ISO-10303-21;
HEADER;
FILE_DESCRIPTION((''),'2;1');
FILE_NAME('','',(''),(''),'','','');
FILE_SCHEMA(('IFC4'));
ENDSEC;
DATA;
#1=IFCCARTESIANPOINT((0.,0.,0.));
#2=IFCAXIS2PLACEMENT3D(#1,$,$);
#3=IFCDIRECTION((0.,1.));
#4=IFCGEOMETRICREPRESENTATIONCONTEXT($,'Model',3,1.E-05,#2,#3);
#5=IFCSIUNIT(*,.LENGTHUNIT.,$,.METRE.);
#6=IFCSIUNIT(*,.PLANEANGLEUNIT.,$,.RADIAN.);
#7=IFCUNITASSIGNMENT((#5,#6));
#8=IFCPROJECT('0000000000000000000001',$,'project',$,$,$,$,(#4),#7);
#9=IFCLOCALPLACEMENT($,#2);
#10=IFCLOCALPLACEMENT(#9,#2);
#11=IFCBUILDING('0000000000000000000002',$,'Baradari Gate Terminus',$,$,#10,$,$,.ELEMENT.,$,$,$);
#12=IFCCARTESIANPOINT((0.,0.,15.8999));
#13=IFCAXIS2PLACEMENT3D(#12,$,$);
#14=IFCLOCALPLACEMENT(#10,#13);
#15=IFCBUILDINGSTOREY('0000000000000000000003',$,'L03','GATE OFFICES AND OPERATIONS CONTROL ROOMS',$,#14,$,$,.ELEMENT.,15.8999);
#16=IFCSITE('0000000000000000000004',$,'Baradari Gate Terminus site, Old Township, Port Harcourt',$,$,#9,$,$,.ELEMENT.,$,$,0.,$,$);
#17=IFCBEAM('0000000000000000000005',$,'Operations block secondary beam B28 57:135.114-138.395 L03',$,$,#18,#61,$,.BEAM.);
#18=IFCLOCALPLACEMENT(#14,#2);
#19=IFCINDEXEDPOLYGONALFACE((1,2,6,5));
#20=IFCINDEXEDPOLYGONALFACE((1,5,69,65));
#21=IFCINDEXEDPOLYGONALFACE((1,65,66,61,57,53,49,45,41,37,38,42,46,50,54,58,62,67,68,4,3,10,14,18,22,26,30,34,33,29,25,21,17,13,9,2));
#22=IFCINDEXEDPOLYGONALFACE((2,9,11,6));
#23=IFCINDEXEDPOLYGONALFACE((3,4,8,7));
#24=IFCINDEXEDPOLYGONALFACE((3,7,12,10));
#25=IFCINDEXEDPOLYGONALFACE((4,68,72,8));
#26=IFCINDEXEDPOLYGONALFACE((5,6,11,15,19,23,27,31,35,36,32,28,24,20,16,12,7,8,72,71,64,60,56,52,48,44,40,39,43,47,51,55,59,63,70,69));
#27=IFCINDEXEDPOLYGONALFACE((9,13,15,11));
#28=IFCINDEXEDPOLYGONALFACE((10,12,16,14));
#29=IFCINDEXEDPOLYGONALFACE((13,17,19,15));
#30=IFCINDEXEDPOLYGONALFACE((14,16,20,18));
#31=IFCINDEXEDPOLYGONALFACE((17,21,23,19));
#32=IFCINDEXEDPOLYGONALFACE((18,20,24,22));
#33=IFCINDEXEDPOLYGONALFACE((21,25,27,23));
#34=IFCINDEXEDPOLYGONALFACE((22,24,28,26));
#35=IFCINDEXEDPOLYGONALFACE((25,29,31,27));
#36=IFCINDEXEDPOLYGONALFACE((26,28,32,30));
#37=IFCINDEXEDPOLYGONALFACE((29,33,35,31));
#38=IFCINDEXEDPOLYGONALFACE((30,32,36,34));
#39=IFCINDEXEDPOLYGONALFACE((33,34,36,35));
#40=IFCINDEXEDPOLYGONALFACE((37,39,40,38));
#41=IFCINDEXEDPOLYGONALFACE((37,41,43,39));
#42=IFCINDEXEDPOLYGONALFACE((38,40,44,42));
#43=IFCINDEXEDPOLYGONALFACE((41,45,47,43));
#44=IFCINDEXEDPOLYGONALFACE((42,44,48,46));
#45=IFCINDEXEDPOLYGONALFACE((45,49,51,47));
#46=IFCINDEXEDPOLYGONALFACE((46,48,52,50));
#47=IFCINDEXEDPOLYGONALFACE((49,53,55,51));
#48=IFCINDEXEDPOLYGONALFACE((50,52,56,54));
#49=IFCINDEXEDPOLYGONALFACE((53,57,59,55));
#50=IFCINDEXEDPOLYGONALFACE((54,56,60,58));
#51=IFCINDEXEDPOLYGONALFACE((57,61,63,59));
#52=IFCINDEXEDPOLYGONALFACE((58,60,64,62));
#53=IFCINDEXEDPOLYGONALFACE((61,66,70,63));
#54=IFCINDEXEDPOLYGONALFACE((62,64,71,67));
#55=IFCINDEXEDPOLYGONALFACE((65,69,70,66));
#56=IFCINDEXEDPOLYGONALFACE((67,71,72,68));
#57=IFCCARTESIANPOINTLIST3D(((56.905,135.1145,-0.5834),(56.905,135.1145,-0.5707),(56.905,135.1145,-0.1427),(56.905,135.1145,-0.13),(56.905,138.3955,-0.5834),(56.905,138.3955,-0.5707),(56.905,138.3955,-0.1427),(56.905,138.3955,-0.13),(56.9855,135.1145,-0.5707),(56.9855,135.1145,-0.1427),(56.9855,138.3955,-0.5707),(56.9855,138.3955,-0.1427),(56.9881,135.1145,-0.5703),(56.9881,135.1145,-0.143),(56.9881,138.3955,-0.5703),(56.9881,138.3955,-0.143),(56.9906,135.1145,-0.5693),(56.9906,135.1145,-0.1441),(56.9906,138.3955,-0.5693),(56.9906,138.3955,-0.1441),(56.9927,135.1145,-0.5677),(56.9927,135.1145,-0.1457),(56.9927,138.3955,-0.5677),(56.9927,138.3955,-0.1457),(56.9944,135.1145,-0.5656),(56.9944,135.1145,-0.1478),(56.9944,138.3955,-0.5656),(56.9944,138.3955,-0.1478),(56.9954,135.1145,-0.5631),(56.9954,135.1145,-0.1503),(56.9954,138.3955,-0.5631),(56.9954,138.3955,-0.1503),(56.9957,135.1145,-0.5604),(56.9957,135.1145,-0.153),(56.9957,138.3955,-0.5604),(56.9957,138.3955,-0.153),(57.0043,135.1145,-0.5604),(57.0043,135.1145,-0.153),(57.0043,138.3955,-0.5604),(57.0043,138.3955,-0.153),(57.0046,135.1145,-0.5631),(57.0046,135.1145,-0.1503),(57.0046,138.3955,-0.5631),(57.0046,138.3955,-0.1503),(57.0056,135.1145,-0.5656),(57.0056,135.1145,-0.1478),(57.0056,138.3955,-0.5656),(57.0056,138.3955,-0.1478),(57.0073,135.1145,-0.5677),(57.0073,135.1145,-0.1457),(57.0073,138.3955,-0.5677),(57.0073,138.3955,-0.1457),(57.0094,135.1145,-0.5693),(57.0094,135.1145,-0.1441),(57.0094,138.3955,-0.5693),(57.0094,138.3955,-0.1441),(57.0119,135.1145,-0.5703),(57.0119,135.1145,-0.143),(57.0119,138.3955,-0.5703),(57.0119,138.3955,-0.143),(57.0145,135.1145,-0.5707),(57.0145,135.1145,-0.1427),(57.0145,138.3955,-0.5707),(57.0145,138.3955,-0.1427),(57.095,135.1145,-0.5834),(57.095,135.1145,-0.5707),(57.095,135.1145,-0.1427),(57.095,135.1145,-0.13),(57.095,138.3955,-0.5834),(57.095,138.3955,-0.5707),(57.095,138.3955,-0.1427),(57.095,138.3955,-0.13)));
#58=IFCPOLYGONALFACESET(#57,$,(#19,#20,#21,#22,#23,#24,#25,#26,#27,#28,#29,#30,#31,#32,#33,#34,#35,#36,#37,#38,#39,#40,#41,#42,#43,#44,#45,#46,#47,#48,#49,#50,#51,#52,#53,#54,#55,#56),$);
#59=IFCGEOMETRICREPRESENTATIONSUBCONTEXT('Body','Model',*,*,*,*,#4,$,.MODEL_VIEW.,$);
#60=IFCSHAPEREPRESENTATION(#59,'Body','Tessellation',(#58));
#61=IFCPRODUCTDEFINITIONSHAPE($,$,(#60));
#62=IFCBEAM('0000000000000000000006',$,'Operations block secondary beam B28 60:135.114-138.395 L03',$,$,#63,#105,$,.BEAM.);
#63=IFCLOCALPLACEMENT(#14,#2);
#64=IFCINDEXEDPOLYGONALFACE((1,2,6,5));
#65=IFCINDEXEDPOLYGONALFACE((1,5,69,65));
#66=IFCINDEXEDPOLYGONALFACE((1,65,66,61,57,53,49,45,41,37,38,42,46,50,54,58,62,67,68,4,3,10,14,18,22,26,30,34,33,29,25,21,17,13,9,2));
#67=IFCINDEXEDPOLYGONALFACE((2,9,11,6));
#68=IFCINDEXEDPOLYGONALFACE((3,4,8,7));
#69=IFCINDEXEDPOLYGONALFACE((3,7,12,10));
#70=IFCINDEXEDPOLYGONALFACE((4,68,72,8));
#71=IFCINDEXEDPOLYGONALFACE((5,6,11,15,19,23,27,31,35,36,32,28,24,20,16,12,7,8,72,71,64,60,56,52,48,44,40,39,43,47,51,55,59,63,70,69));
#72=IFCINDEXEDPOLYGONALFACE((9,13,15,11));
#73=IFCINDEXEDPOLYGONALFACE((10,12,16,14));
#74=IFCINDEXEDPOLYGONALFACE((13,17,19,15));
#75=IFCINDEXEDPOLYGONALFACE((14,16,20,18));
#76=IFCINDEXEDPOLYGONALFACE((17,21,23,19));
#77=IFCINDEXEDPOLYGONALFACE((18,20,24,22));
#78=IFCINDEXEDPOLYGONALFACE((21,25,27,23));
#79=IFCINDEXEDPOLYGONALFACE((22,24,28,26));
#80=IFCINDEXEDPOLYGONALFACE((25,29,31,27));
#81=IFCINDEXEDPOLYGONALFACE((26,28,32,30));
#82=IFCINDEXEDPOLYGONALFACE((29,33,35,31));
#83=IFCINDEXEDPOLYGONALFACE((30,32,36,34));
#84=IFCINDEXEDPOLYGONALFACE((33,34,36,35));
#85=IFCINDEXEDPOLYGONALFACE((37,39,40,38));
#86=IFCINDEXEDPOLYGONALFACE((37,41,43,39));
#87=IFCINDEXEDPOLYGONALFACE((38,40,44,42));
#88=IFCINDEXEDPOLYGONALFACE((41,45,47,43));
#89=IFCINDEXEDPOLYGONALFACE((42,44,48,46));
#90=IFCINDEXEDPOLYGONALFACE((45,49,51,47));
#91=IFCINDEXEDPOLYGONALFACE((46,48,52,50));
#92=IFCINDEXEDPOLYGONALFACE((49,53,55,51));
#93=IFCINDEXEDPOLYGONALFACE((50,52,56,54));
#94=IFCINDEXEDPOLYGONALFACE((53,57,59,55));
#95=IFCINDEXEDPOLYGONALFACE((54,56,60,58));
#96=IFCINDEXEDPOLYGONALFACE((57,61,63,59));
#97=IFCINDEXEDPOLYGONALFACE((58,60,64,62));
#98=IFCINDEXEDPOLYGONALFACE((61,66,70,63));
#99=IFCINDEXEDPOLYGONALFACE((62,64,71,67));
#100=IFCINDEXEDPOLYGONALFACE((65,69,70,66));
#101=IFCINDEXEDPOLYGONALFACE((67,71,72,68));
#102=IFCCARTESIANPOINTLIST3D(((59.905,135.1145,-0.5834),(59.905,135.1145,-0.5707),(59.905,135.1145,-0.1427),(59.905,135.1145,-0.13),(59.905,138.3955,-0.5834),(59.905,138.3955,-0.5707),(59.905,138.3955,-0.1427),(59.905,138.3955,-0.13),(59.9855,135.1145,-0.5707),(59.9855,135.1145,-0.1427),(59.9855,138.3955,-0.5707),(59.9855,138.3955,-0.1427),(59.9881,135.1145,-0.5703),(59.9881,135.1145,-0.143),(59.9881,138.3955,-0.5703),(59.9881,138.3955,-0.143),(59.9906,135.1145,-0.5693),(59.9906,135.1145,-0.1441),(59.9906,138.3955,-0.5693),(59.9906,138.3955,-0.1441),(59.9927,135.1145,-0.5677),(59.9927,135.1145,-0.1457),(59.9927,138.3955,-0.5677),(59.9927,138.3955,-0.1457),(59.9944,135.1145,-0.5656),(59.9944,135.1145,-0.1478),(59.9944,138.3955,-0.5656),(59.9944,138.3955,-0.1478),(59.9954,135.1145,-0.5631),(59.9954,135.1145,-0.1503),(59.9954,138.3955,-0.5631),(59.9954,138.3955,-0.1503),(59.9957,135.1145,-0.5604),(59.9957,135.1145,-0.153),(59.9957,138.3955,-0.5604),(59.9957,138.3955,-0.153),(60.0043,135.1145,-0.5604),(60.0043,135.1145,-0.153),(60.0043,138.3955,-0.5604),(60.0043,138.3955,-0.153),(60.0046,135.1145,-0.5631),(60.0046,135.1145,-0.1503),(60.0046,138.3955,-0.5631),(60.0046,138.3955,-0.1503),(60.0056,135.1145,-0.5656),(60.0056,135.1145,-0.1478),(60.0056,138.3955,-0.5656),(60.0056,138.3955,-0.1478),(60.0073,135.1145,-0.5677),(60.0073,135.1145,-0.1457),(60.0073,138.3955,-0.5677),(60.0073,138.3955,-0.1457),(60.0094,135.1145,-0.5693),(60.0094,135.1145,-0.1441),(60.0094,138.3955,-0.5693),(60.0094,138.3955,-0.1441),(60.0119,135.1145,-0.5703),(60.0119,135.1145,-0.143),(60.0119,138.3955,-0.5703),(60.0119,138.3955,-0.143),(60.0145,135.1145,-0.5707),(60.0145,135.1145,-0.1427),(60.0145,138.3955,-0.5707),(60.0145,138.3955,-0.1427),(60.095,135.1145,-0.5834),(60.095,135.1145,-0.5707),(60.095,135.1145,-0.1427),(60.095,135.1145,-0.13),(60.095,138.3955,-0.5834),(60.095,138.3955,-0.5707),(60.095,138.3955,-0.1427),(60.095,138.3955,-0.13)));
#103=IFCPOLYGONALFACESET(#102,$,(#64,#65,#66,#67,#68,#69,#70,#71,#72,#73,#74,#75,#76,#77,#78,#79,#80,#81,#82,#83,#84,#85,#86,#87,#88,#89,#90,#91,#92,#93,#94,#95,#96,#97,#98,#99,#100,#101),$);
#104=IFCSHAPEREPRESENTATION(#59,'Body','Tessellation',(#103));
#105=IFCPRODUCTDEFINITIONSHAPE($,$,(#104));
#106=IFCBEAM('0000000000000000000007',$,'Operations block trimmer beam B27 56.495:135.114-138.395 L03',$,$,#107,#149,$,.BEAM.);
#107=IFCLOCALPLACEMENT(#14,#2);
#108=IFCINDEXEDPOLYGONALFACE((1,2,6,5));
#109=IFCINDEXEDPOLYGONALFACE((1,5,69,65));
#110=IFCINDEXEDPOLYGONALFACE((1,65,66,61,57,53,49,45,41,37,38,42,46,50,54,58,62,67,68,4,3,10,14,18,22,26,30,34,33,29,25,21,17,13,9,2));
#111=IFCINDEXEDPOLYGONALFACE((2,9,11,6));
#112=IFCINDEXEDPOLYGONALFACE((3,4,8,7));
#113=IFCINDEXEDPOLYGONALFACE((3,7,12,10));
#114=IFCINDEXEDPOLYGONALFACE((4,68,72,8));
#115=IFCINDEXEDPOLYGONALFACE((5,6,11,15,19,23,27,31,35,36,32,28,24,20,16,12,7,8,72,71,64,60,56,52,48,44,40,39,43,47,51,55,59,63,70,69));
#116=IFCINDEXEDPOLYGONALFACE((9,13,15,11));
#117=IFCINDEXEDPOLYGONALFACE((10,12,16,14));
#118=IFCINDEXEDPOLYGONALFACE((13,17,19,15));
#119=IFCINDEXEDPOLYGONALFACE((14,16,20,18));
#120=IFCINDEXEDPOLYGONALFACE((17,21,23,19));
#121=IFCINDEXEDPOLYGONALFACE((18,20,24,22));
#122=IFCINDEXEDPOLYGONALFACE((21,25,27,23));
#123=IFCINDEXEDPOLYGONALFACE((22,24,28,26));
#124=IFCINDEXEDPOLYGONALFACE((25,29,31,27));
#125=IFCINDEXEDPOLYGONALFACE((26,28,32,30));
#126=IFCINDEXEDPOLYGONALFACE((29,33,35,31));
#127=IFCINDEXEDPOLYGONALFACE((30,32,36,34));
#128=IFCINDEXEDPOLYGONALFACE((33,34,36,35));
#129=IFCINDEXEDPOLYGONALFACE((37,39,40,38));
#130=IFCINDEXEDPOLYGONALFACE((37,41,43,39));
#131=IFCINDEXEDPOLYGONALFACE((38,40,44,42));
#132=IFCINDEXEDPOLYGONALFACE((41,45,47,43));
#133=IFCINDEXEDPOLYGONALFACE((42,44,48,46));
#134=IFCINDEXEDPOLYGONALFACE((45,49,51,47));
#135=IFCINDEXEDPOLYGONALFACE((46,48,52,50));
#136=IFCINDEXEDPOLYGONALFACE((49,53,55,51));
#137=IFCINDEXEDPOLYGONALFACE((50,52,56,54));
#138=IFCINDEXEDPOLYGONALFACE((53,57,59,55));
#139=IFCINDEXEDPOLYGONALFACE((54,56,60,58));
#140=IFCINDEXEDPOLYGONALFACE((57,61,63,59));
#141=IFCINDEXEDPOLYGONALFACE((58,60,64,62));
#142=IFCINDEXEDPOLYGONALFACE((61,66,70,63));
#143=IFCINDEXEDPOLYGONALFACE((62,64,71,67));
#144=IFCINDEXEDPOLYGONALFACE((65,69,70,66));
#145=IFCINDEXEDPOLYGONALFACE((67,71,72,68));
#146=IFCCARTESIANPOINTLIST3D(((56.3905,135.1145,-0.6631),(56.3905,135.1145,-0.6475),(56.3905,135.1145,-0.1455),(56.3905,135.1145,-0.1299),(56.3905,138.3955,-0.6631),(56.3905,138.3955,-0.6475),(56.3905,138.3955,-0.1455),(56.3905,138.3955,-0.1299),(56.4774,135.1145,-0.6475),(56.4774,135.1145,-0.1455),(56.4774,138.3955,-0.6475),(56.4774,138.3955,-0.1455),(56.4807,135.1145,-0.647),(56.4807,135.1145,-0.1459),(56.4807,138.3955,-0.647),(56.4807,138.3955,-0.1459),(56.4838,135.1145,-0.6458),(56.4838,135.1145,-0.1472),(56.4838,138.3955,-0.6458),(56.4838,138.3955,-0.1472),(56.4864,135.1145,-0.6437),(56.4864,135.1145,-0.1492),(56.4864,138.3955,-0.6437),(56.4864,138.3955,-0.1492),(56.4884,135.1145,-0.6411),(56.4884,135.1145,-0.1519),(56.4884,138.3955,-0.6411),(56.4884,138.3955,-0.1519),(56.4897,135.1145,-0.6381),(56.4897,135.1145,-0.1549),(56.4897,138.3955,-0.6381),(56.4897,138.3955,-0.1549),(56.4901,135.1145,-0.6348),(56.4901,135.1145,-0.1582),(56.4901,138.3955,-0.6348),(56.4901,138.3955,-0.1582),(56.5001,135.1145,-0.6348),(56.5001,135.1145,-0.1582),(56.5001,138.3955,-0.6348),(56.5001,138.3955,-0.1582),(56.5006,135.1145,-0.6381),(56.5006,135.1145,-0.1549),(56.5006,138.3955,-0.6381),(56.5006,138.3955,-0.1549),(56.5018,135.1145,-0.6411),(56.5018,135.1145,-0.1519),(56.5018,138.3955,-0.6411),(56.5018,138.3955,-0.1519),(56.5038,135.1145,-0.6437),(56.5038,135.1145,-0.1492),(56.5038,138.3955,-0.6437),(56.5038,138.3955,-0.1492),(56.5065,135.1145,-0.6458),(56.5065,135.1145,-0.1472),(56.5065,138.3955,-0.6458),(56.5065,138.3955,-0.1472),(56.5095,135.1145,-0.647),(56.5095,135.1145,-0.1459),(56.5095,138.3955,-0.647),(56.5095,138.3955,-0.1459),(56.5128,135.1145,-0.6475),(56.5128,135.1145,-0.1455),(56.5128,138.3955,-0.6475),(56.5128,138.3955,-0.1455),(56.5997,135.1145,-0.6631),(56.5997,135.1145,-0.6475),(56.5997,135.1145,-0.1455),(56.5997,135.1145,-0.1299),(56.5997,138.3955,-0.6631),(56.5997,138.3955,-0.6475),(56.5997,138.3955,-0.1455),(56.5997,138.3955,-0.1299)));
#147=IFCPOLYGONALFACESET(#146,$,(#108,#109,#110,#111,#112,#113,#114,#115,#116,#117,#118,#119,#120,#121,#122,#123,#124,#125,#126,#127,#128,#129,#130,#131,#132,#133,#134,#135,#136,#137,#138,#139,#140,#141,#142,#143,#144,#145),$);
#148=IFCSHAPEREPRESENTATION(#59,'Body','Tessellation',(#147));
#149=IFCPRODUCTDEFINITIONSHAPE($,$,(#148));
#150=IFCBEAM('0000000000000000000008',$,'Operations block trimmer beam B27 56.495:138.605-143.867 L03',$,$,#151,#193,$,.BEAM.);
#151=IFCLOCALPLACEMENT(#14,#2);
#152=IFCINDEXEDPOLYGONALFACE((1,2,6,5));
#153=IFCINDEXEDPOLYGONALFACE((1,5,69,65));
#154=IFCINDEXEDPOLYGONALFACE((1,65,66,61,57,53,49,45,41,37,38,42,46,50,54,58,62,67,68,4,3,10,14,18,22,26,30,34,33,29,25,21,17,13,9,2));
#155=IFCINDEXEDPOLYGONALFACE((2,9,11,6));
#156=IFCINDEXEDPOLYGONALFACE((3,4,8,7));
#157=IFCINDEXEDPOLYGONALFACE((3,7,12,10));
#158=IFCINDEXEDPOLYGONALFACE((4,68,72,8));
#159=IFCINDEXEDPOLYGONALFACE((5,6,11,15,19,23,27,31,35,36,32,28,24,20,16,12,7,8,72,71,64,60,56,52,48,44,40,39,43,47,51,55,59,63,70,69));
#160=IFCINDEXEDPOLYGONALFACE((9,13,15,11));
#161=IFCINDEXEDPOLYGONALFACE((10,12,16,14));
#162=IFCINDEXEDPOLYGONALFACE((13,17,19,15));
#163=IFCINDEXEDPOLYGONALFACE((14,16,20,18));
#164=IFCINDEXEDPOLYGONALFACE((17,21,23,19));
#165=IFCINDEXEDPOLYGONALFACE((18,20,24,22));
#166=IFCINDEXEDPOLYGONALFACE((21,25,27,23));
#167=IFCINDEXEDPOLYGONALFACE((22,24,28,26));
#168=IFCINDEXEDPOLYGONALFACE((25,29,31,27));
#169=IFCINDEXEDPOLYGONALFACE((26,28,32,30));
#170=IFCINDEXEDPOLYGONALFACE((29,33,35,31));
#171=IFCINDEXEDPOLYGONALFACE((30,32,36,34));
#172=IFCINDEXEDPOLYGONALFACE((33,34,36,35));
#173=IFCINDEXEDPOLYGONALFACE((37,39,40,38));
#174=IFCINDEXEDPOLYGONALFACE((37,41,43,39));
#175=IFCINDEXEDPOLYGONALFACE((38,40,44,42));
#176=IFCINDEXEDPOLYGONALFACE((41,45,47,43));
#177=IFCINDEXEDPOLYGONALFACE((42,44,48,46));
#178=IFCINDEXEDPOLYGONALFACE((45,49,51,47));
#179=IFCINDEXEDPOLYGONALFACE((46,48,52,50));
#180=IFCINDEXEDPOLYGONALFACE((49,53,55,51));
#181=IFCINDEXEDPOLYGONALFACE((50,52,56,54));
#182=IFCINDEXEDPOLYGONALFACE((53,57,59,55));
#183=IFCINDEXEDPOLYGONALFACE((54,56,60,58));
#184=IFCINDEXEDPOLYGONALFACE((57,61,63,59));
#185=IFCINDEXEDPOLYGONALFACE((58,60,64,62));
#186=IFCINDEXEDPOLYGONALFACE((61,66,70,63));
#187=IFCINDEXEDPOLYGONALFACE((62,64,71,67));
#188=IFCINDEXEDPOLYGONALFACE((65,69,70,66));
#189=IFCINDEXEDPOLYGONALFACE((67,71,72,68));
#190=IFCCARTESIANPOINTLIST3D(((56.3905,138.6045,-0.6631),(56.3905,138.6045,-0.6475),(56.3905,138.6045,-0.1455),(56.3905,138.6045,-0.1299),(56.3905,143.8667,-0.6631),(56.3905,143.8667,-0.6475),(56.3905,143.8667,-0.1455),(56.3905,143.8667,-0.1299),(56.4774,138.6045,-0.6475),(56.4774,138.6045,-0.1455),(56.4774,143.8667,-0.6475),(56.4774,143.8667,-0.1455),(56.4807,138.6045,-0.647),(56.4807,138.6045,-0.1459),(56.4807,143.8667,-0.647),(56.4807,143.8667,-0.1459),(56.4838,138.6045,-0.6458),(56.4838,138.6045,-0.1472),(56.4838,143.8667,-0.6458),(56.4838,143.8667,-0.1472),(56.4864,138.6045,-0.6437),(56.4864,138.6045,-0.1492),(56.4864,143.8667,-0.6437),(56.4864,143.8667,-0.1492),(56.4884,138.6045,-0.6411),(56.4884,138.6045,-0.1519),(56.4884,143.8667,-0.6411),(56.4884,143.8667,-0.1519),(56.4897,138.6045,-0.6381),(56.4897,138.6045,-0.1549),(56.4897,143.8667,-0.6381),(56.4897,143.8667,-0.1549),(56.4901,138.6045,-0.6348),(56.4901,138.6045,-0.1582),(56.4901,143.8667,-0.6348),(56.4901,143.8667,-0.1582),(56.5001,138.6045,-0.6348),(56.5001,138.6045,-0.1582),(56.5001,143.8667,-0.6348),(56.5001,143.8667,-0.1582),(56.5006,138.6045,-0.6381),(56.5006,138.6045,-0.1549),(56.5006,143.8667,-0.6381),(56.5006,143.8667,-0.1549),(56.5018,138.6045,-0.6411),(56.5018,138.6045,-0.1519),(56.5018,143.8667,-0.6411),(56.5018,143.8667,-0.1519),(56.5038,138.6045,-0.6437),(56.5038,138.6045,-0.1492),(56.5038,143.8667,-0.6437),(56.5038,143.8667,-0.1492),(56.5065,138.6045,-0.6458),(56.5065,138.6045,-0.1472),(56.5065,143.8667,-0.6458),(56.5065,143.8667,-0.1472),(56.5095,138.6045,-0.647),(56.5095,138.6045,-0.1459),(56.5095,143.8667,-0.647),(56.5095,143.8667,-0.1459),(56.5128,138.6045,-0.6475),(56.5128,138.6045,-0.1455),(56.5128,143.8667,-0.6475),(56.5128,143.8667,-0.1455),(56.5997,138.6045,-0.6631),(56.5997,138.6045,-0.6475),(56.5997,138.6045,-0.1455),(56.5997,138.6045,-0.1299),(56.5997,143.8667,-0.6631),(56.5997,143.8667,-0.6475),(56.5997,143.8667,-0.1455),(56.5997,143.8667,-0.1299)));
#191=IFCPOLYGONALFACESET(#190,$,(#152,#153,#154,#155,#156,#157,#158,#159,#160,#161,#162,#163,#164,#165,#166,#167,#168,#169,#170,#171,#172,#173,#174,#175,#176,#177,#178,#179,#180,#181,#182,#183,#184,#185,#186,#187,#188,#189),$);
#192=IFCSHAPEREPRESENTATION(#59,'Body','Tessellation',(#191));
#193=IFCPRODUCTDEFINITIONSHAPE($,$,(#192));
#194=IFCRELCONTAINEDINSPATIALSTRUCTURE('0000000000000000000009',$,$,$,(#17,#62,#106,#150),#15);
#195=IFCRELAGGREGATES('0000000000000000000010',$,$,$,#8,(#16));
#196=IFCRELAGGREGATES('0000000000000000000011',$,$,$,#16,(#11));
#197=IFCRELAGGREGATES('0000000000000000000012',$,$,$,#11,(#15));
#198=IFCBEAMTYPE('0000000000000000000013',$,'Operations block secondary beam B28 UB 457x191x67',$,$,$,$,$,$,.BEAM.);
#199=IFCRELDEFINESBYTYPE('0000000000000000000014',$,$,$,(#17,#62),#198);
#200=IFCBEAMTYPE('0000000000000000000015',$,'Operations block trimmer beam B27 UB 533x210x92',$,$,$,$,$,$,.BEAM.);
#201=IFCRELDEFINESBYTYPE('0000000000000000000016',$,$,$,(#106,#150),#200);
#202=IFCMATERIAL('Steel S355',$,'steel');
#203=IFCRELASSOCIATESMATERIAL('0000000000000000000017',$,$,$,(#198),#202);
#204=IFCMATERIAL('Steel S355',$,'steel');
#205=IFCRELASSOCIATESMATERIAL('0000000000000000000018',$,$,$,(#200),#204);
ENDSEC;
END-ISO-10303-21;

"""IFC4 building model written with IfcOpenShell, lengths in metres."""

from ifc_helpers import new_model, si_unit, direction, frame, origin, origin_2d, place, context, subcontext, project, spatial, i_section, extrude, material, material_profile, profile_set, type_object, element, save


model = new_model("IFC4")

# Units and contexts
model_context = context("Model", 3, precision=1e-05, world=origin(), true_north=direction((0.0, 1.0)))
body_context = subcontext(model_context, "Body", "Model", "MODEL_VIEW")
ifc_project = project(units=[si_unit("LENGTHUNIT", "METRE"), si_unit("PLANEANGLEUNIT", "RADIAN")], contexts=[model_context])

# Site, building, storey
site_placement = place(None, origin())
site = spatial("IfcSite", under=ifc_project, at=site_placement, Name="Baradari Gate Terminus site, Old Township, Port Harcourt", CompositionType="ELEMENT", RefElevation=0.0)
building_placement = place(site_placement, origin())
building = spatial("IfcBuilding", under=site, at=building_placement, Name="Baradari Gate Terminus", CompositionType="ELEMENT")
storey_placement = place(building_placement, frame((0.0, 0.0, 15.8999)))
storey = spatial("IfcBuildingStorey", under=building, at=storey_placement, Name="L03", Description="GATE OFFICES AND OPERATIONS CONTROL ROOMS", CompositionType="ELEMENT", Elevation=15.8999)

# Beams
ifc_material_1 = material(Name="Steel S355", Category="steel")
ifc_material_profile_1 = material_profile(ifc_material_1, i_section(OverallWidth=0.1899, OverallDepth=0.4534, WebThickness=0.0085, FlangeThickness=0.0127, FilletRadius=0.0103, at=origin_2d()), Name="UB 457x191x67")
ifc_profile_set_1 = profile_set([ifc_material_profile_1], Name="Steel S355")
beam_type_1 = type_object("IfcBeamType", Name="Operations block secondary beam B28 UB 457x191x67", PredefinedType="BEAM", material=ifc_profile_set_1)
for number, where, z_axis, x_axis, name in (
    (1, (57.0, 135.1145, -0.3567), (0.0, 1.0, 0.0), (-1.0, 0.0, 0.0), "Operations block secondary beam B28 57:135.114-138.395 L03"),
    (2, (60.0, 135.1145, -0.3567), (0.0, 1.0, 0.0), (-1.0, 0.0, 0.0), "Operations block secondary beam B28 60:135.114-138.395 L03"),
):
    element("IfcBeam", number, at=place(storey_placement, frame(where, z_axis=z_axis, x_axis=x_axis)), inside=storey, type_object=beam_type_1, Name=name, PredefinedType="BEAM", context=body_context, shape_type="SweptSolid", body=[
        extrude(i_section(OverallWidth=0.1899, OverallDepth=0.4534, WebThickness=0.0085, FlangeThickness=0.0127, FilletRadius=0.0103, at=origin_2d()), origin(), (0.0, 0.0, 1.0), 3.281),
    ])
ifc_material_2 = material(Name="Steel S355", Category="steel")
ifc_material_profile_2 = material_profile(ifc_material_2, i_section(OverallWidth=0.2092, OverallDepth=0.5332, WebThickness=0.01, FlangeThickness=0.0156, FilletRadius=0.0127, at=origin_2d()), Name="UB 533x210x92")
ifc_profile_set_2 = profile_set([ifc_material_profile_2], Name="Steel S355")
beam_type_2 = type_object("IfcBeamType", Name="Operations block trimmer beam B27 UB 533x210x92", PredefinedType="BEAM", material=ifc_profile_set_2)
beam_1_placement = place(storey_placement, frame((56.4951, 135.1145, -0.3965), z_axis=(0.0, 1.0, 0.0), x_axis=(-1.0, 0.0, 0.0)))
element("IfcBeam", 3, at=beam_1_placement, inside=storey, type_object=beam_type_2, Name="Operations block trimmer beam B27 56.495:135.114-138.395 L03", PredefinedType="BEAM", context=body_context, shape_type="SweptSolid", body=[
    extrude(i_section(OverallWidth=0.2092, OverallDepth=0.5332, WebThickness=0.01, FlangeThickness=0.0156, FilletRadius=0.0127, at=origin_2d()), origin(), (0.0, 0.0, 1.0), 3.281),
])
beam_2_placement = place(storey_placement, frame((56.4951, 138.6045, -0.3965), z_axis=(0.0, 1.0, 0.0), x_axis=(-1.0, 0.0, 0.0)))
element("IfcBeam", 4, at=beam_2_placement, inside=storey, type_object=beam_type_2, Name="Operations block trimmer beam B27 56.495:138.605-143.867 L03", PredefinedType="BEAM", context=body_context, shape_type="SweptSolid", body=[
    extrude(i_section(OverallWidth=0.2092, OverallDepth=0.5332, WebThickness=0.01, FlangeThickness=0.0156, FilletRadius=0.0127, at=origin_2d()), origin(), (0.0, 0.0, 1.0), 5.2622),
])

save(model, "model.ifc")
